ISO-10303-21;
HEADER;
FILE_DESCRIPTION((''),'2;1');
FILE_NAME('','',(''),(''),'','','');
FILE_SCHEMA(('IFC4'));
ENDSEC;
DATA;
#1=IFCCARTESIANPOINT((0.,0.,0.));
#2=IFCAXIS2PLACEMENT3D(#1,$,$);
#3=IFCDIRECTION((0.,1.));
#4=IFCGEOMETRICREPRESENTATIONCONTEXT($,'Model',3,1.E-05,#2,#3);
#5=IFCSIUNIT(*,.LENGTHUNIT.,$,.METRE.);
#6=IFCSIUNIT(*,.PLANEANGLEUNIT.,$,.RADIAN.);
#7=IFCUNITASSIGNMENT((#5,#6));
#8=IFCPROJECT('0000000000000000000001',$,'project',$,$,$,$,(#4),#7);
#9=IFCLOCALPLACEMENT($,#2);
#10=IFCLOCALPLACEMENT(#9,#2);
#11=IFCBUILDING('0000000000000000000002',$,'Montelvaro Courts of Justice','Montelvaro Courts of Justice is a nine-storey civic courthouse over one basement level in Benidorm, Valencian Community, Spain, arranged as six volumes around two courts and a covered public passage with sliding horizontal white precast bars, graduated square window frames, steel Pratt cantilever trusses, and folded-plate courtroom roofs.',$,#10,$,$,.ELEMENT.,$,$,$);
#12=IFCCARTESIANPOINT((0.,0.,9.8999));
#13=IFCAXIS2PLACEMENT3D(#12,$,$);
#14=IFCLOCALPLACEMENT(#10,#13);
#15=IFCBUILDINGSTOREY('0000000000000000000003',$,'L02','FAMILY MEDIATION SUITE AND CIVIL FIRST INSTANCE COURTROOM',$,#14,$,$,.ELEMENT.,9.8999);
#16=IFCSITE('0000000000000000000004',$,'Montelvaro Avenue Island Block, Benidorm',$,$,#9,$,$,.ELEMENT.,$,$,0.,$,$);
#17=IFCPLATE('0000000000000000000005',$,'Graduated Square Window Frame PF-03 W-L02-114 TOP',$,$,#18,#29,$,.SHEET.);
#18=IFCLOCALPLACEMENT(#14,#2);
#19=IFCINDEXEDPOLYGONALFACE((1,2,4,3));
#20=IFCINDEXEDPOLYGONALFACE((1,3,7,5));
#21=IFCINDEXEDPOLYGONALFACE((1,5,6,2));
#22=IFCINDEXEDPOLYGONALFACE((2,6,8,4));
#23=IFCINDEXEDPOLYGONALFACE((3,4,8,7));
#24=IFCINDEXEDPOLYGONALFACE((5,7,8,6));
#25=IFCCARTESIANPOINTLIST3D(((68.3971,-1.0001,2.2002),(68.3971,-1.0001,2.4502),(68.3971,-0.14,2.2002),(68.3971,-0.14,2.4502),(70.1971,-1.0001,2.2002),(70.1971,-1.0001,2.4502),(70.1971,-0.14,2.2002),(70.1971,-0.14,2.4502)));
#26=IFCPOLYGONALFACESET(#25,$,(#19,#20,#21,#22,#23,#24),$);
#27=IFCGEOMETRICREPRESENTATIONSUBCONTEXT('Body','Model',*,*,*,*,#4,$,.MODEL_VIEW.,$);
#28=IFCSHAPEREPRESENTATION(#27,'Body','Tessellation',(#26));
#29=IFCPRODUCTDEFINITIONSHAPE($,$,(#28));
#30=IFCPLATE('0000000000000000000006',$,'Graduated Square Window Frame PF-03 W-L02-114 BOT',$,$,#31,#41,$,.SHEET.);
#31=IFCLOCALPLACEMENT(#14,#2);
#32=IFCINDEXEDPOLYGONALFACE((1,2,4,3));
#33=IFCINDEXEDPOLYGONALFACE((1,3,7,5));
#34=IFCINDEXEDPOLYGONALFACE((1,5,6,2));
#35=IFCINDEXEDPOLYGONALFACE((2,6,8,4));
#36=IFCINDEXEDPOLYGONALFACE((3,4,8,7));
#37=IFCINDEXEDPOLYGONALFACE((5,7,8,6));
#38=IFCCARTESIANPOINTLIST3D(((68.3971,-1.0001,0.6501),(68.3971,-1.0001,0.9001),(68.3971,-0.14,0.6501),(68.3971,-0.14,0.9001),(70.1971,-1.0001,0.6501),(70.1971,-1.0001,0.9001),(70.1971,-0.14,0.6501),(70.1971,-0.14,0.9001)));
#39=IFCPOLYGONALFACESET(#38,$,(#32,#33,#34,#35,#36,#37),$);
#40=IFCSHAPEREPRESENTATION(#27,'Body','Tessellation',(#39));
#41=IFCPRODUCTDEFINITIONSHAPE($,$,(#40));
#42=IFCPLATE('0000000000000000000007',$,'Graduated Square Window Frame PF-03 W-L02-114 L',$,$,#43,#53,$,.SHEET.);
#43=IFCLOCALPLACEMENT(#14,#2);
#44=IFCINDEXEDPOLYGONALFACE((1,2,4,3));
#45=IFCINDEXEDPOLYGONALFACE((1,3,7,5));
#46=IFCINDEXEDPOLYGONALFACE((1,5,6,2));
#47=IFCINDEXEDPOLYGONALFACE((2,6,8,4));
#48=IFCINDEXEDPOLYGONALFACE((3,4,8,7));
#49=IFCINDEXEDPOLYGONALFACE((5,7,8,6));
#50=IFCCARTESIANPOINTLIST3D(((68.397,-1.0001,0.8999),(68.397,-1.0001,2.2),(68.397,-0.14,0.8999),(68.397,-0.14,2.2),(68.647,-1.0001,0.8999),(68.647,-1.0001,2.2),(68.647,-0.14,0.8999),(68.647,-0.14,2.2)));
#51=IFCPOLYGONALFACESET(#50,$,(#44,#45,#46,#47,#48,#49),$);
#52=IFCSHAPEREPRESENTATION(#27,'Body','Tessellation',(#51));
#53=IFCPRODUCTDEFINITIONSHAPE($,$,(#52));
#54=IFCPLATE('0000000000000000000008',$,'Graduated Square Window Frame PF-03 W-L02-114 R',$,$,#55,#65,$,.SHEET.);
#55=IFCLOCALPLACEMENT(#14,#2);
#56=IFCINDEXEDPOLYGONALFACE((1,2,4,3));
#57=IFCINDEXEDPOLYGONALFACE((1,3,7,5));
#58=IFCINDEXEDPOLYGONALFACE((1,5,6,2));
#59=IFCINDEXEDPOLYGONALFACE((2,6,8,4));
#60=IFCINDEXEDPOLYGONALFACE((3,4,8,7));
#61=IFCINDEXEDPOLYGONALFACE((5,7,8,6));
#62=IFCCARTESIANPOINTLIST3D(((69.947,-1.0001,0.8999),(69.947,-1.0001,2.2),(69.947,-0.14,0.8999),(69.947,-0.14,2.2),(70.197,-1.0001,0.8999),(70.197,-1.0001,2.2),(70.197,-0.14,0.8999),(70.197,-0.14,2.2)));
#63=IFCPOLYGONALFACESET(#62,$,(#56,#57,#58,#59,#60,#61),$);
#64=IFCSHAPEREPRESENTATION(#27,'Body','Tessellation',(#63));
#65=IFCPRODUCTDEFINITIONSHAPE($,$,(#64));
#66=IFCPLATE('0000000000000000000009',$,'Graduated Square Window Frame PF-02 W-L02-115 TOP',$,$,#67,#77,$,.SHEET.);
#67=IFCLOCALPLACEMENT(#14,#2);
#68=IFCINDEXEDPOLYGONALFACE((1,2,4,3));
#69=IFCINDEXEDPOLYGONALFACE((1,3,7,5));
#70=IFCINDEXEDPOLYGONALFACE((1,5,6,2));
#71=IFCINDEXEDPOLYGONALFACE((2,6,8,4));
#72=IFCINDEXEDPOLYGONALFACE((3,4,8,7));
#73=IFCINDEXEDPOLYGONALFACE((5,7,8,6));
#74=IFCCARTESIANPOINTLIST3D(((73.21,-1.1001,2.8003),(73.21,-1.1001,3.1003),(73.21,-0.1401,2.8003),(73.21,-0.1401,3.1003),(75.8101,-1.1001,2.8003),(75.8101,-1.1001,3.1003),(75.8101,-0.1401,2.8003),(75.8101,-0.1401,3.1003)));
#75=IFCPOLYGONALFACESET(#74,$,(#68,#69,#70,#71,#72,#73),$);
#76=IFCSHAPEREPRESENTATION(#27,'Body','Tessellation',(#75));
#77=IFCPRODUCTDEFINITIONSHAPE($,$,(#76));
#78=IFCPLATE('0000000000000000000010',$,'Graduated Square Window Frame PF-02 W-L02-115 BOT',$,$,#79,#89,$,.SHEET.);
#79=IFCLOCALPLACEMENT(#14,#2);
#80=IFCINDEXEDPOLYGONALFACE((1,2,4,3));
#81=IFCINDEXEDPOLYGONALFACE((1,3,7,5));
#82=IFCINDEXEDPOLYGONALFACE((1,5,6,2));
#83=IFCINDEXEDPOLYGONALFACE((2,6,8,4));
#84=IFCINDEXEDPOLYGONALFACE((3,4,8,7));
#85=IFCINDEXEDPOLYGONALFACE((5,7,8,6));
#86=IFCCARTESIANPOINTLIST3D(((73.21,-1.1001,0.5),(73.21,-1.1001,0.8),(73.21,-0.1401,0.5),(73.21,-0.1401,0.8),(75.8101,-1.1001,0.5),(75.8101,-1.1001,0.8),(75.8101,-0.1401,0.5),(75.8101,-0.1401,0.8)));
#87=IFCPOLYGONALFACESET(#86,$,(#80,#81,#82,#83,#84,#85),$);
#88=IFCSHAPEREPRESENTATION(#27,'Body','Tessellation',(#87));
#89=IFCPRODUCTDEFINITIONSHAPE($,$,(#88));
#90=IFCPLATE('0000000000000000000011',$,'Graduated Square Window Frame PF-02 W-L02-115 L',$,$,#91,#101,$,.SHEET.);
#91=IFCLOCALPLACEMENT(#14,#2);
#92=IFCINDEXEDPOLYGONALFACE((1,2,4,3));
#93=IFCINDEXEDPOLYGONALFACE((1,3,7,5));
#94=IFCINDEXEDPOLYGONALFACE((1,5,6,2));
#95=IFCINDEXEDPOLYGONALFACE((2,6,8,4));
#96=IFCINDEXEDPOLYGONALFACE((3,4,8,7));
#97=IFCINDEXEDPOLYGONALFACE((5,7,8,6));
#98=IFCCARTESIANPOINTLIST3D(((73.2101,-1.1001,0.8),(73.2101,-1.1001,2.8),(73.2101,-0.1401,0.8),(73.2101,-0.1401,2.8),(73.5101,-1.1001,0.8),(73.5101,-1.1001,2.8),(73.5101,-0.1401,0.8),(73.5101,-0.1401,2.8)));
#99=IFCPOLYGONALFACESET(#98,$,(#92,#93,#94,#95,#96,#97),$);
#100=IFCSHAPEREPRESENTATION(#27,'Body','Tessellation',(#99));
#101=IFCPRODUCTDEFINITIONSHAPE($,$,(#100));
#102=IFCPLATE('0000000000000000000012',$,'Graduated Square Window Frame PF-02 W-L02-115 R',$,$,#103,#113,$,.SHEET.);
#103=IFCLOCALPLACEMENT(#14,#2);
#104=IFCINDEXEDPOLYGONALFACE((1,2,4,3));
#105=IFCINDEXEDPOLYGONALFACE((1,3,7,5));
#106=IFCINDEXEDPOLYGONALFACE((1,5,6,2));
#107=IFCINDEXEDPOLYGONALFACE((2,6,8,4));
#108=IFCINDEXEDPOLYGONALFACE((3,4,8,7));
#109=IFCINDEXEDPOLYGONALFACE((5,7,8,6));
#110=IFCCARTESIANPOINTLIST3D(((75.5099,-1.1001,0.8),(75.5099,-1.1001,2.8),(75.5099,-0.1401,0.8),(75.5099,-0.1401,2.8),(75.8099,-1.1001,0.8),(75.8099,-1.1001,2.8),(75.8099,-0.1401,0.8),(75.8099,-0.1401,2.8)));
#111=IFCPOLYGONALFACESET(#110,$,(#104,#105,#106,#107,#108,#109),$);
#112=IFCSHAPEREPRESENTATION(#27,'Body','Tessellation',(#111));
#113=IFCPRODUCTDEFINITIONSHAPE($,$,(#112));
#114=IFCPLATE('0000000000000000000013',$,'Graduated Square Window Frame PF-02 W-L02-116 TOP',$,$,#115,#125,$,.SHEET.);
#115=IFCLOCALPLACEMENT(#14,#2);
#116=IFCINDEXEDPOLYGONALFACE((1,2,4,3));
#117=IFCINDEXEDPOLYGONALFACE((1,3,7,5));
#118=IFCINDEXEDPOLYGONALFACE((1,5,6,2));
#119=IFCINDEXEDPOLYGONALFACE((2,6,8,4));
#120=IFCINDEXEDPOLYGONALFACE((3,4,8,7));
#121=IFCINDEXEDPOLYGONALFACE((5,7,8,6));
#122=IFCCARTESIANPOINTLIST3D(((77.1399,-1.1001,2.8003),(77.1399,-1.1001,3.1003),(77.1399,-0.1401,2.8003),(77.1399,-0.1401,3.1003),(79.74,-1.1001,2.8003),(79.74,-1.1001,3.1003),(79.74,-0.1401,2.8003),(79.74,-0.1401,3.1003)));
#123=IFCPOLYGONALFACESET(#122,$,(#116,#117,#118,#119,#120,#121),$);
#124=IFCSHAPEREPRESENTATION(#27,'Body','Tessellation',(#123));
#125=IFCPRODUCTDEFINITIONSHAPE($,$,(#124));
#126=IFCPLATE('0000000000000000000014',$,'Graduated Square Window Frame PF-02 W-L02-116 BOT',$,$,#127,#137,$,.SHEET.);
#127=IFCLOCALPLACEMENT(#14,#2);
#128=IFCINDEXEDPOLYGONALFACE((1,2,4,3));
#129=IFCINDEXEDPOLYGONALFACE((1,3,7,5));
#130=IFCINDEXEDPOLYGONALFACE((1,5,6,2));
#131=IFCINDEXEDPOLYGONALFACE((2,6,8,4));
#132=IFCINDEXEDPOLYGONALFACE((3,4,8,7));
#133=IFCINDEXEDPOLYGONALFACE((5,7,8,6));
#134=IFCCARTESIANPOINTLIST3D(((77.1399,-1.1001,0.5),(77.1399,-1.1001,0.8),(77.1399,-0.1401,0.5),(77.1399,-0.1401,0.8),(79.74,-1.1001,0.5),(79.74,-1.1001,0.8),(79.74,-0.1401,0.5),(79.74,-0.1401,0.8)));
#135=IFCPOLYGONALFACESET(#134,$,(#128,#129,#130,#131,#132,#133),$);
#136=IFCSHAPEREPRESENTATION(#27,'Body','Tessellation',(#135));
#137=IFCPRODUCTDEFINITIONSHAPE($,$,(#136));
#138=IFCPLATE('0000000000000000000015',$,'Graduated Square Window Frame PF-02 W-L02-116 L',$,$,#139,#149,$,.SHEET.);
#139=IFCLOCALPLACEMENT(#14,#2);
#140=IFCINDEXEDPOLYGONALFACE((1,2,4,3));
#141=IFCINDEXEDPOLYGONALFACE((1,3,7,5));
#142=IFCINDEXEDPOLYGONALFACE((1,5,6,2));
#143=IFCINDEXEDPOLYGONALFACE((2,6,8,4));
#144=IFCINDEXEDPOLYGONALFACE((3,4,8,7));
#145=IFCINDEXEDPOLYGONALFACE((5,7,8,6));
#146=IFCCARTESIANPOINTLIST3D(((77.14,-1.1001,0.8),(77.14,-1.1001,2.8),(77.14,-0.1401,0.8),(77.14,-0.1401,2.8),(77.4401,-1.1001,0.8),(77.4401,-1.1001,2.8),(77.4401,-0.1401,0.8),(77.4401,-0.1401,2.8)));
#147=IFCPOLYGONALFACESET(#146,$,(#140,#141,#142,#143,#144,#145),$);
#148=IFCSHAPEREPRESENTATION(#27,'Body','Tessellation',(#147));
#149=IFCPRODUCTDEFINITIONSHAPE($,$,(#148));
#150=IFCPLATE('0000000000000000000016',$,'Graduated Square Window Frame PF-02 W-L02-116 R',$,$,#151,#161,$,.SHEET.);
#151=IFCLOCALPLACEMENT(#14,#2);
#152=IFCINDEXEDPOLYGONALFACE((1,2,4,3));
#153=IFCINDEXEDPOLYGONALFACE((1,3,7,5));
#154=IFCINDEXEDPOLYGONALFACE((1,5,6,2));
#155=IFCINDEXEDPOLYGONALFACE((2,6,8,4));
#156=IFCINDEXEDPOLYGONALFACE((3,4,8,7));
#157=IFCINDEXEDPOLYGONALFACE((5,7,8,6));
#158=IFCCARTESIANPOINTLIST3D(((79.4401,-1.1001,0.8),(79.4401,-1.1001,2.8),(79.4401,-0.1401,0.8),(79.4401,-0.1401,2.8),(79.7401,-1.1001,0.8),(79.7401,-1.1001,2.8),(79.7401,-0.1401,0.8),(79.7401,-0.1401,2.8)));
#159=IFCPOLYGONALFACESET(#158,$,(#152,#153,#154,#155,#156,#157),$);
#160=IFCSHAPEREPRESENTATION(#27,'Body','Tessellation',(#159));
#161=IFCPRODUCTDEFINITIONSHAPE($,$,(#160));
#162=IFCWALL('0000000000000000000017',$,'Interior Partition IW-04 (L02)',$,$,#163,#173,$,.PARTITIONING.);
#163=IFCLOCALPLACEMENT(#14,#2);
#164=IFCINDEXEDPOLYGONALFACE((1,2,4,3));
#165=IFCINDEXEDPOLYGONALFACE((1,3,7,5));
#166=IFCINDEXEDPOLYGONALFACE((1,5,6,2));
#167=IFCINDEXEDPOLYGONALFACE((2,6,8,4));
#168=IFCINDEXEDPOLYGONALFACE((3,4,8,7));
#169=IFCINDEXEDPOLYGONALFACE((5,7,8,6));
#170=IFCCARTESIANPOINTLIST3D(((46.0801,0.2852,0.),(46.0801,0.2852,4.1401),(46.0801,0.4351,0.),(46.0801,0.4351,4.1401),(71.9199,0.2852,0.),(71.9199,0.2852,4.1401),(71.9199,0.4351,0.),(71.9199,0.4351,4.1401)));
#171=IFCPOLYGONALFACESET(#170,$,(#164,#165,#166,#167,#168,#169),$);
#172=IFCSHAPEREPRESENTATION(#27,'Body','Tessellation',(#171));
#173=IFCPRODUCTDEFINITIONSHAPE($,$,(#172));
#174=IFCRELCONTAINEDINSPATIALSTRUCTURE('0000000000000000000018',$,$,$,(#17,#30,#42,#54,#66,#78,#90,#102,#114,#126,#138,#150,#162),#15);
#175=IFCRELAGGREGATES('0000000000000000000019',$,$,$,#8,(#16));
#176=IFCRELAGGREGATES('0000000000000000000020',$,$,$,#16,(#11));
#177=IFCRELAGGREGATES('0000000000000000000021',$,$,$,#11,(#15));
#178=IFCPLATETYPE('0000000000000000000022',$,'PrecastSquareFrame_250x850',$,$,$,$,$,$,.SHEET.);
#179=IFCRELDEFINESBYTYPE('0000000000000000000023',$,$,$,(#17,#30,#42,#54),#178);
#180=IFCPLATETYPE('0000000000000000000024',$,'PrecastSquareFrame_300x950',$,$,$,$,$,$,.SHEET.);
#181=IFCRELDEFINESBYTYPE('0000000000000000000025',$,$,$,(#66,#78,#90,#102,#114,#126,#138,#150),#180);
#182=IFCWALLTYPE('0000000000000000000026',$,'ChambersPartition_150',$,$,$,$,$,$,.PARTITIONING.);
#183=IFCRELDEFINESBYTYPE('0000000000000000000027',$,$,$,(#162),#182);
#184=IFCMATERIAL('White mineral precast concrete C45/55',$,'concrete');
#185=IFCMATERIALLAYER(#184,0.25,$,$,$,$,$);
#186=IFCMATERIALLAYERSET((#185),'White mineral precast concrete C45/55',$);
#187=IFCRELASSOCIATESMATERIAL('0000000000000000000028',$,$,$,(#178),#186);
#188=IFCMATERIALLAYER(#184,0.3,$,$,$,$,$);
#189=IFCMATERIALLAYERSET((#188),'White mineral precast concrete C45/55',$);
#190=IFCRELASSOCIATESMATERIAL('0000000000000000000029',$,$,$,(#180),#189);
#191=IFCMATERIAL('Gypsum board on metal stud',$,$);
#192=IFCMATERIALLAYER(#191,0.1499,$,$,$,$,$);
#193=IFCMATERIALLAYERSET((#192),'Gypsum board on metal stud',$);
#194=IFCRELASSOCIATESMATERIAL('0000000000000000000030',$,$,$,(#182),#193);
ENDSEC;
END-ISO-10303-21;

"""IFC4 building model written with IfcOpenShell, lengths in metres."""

from ifc_helpers import new_model, si_unit, direction, frame, frame_2d, origin, origin_2d, place, context, subcontext, project, spatial, rectangle, extrude, material, layer, layer_set, type_object, element, save


model = new_model("IFC4")

# Units and contexts
model_context = context("Model", 3, precision=1e-05, world=origin(), true_north=direction((0.0, 1.0)))
body_context = subcontext(model_context, "Body", "Model", "MODEL_VIEW")
ifc_project = project(units=[si_unit("LENGTHUNIT", "METRE"), si_unit("PLANEANGLEUNIT", "RADIAN")], contexts=[model_context])

# Site, building, storey
site_placement = place(None, origin())
site = spatial("IfcSite", under=ifc_project, at=site_placement, Name="Montelvaro Avenue Island Block, Benidorm", CompositionType="ELEMENT", RefElevation=0.0)
building_placement = place(site_placement, origin())
building = spatial("IfcBuilding", under=site, at=building_placement, Name="Montelvaro Courts of Justice", Description="Montelvaro Courts of Justice is a nine-storey civic courthouse over one basement level in Benidorm, Valencian Community, Spain, arranged as six volumes around two courts and a covered public passage with sliding horizontal white precast bars, graduated square window frames, steel Pratt cantilever trusses, and folded-plate courtroom roofs.", CompositionType="ELEMENT")
storey_placement = place(building_placement, frame((0.0, 0.0, 9.8999)))
storey = spatial("IfcBuildingStorey", under=building, at=storey_placement, Name="L02", Description="FAMILY MEDIATION SUITE AND CIVIL FIRST INSTANCE COURTROOM", CompositionType="ELEMENT", Elevation=9.8999)

# Plates
ifc_material_1 = material(Name="White mineral precast concrete C45/55", Category="concrete")
ifc_layer_1 = layer(ifc_material_1, 0.25)
ifc_layer_set_1 = layer_set([ifc_layer_1], Name="White mineral precast concrete C45/55")
plate_type_1 = type_object("IfcPlateType", Name="PrecastSquareFrame_250x850", PredefinedType="SHEET", material=ifc_layer_set_1)
for number, where, z_axis, x_axis, name in (
    (1, (69.2971, -0.5701, 2.2002), (0.0, 0.0, 1.0), (1.0, 0.0, 0.0), "Graduated Square Window Frame PF-03 W-L02-114 TOP"),
    (2, (69.2971, -0.5701, 0.6501), (0.0, 0.0, 1.0), (1.0, 0.0, 0.0), "Graduated Square Window Frame PF-03 W-L02-114 BOT"),
):
    element("IfcPlate", number, at=place(storey_placement, frame(where, z_axis=z_axis, x_axis=x_axis)), inside=storey, type_object=plate_type_1, Name=name, PredefinedType="SHEET", context=body_context, shape_type="SweptSolid", body=[
        extrude(rectangle(XDim=1.8, YDim=0.8601, at=origin_2d()), origin(), (0.0, 0.0, 1.0), 0.25),
    ])
for number, where, z_axis, x_axis, name in (
    (3, (68.522, -0.5701, 0.8999), (0.0, 0.0, 1.0), (1.0, 0.0, 0.0), "Graduated Square Window Frame PF-03 W-L02-114 L"),
    (4, (70.072, -0.5701, 0.8999), (0.0, 0.0, 1.0), (1.0, 0.0, 0.0), "Graduated Square Window Frame PF-03 W-L02-114 R"),
):
    element("IfcPlate", number, at=place(storey_placement, frame(where, z_axis=z_axis, x_axis=x_axis)), inside=storey, type_object=plate_type_1, Name=name, PredefinedType="SHEET", context=body_context, shape_type="SweptSolid", body=[
        extrude(rectangle(XDim=0.25, YDim=0.8601, at=origin_2d()), origin(), (0.0, 0.0, 1.0), 1.3),
    ])
ifc_layer_2 = layer(ifc_material_1, 0.3)
ifc_layer_set_2 = layer_set([ifc_layer_2], Name="White mineral precast concrete C45/55")
plate_type_2 = type_object("IfcPlateType", Name="PrecastSquareFrame_300x950", PredefinedType="SHEET", material=ifc_layer_set_2)
for number, where, z_axis, x_axis, name in (
    (5, (74.51, -0.6201, 2.8003), (0.0, 0.0, 1.0), (1.0, 0.0, 0.0), "Graduated Square Window Frame PF-02 W-L02-115 TOP"),
    (6, (74.51, -0.6201, 0.5), (0.0, 0.0, 1.0), (1.0, 0.0, 0.0), "Graduated Square Window Frame PF-02 W-L02-115 BOT"),
):
    element("IfcPlate", number, at=place(storey_placement, frame(where, z_axis=z_axis, x_axis=x_axis)), inside=storey, type_object=plate_type_2, Name=name, PredefinedType="SHEET", context=body_context, shape_type="SweptSolid", body=[
        extrude(rectangle(XDim=2.6001, YDim=0.96, at=origin_2d()), origin(), (0.0, 0.0, 1.0), 0.3),
    ])
for number, where, z_axis, x_axis, name in (
    (7, (73.3601, -0.6201, 0.8), (0.0, 0.0, 1.0), (1.0, 0.0, 0.0), "Graduated Square Window Frame PF-02 W-L02-115 L"),
    (8, (75.6599, -0.6201, 0.8), (0.0, 0.0, 1.0), (1.0, 0.0, 0.0), "Graduated Square Window Frame PF-02 W-L02-115 R"),
):
    element("IfcPlate", number, at=place(storey_placement, frame(where, z_axis=z_axis, x_axis=x_axis)), inside=storey, type_object=plate_type_2, Name=name, PredefinedType="SHEET", context=body_context, shape_type="SweptSolid", body=[
        extrude(rectangle(XDim=0.3, YDim=0.96, at=origin_2d()), origin(), (0.0, 0.0, 1.0), 2.0),
    ])
for number, where, z_axis, x_axis, name in (
    (9, (78.4399, -0.6201, 2.8003), (0.0, 0.0, 1.0), (1.0, 0.0, 0.0), "Graduated Square Window Frame PF-02 W-L02-116 TOP"),
    (10, (78.4399, -0.6201, 0.5), (0.0, 0.0, 1.0), (1.0, 0.0, 0.0), "Graduated Square Window Frame PF-02 W-L02-116 BOT"),
):
    element("IfcPlate", number, at=place(storey_placement, frame(where, z_axis=z_axis, x_axis=x_axis)), inside=storey, type_object=plate_type_2, Name=name, PredefinedType="SHEET", context=body_context, shape_type="SweptSolid", body=[
        extrude(rectangle(XDim=2.6001, YDim=0.96, at=origin_2d()), origin(), (0.0, 0.0, 1.0), 0.3),
    ])
for number, where, z_axis, x_axis, name in (
    (11, (77.29, -0.6201, 0.8), (0.0, 0.0, 1.0), (1.0, 0.0, 0.0), "Graduated Square Window Frame PF-02 W-L02-116 L"),
    (12, (79.5901, -0.6201, 0.8), (0.0, 0.0, 1.0), (1.0, 0.0, 0.0), "Graduated Square Window Frame PF-02 W-L02-116 R"),
):
    element("IfcPlate", number, at=place(storey_placement, frame(where, z_axis=z_axis, x_axis=x_axis)), inside=storey, type_object=plate_type_2, Name=name, PredefinedType="SHEET", context=body_context, shape_type="SweptSolid", body=[
        extrude(rectangle(XDim=0.3, YDim=0.96, at=origin_2d()), origin(), (0.0, 0.0, 1.0), 2.0),
    ])

# Wall
ifc_material_2 = material(Name="Gypsum board on metal stud")
ifc_layer_3 = layer(ifc_material_2, 0.1499)
ifc_layer_set_3 = layer_set([ifc_layer_3], Name="Gypsum board on metal stud")
wall_type_1 = type_object("IfcWallType", Name="ChambersPartition_150", PredefinedType="PARTITIONING", material=ifc_layer_set_3)
wall_1_placement = place(storey_placement, frame((71.9199, 0.3601, 0.0), z_axis=(0.0, 0.0, 1.0), x_axis=(-1.0, 0.0, 0.0)))
element("IfcWall", 13, at=wall_1_placement, inside=storey, type_object=wall_type_1, Name="Interior Partition IW-04 (L02)", PredefinedType="PARTITIONING", context=body_context, shape_type="SweptSolid", body=[
    extrude(rectangle(XDim=25.8398, YDim=0.1499, at=frame_2d((12.9199, 0.0))), origin(), (0.0, 0.0, 1.0), 4.1401),
])

save(model, "model.ifc")
